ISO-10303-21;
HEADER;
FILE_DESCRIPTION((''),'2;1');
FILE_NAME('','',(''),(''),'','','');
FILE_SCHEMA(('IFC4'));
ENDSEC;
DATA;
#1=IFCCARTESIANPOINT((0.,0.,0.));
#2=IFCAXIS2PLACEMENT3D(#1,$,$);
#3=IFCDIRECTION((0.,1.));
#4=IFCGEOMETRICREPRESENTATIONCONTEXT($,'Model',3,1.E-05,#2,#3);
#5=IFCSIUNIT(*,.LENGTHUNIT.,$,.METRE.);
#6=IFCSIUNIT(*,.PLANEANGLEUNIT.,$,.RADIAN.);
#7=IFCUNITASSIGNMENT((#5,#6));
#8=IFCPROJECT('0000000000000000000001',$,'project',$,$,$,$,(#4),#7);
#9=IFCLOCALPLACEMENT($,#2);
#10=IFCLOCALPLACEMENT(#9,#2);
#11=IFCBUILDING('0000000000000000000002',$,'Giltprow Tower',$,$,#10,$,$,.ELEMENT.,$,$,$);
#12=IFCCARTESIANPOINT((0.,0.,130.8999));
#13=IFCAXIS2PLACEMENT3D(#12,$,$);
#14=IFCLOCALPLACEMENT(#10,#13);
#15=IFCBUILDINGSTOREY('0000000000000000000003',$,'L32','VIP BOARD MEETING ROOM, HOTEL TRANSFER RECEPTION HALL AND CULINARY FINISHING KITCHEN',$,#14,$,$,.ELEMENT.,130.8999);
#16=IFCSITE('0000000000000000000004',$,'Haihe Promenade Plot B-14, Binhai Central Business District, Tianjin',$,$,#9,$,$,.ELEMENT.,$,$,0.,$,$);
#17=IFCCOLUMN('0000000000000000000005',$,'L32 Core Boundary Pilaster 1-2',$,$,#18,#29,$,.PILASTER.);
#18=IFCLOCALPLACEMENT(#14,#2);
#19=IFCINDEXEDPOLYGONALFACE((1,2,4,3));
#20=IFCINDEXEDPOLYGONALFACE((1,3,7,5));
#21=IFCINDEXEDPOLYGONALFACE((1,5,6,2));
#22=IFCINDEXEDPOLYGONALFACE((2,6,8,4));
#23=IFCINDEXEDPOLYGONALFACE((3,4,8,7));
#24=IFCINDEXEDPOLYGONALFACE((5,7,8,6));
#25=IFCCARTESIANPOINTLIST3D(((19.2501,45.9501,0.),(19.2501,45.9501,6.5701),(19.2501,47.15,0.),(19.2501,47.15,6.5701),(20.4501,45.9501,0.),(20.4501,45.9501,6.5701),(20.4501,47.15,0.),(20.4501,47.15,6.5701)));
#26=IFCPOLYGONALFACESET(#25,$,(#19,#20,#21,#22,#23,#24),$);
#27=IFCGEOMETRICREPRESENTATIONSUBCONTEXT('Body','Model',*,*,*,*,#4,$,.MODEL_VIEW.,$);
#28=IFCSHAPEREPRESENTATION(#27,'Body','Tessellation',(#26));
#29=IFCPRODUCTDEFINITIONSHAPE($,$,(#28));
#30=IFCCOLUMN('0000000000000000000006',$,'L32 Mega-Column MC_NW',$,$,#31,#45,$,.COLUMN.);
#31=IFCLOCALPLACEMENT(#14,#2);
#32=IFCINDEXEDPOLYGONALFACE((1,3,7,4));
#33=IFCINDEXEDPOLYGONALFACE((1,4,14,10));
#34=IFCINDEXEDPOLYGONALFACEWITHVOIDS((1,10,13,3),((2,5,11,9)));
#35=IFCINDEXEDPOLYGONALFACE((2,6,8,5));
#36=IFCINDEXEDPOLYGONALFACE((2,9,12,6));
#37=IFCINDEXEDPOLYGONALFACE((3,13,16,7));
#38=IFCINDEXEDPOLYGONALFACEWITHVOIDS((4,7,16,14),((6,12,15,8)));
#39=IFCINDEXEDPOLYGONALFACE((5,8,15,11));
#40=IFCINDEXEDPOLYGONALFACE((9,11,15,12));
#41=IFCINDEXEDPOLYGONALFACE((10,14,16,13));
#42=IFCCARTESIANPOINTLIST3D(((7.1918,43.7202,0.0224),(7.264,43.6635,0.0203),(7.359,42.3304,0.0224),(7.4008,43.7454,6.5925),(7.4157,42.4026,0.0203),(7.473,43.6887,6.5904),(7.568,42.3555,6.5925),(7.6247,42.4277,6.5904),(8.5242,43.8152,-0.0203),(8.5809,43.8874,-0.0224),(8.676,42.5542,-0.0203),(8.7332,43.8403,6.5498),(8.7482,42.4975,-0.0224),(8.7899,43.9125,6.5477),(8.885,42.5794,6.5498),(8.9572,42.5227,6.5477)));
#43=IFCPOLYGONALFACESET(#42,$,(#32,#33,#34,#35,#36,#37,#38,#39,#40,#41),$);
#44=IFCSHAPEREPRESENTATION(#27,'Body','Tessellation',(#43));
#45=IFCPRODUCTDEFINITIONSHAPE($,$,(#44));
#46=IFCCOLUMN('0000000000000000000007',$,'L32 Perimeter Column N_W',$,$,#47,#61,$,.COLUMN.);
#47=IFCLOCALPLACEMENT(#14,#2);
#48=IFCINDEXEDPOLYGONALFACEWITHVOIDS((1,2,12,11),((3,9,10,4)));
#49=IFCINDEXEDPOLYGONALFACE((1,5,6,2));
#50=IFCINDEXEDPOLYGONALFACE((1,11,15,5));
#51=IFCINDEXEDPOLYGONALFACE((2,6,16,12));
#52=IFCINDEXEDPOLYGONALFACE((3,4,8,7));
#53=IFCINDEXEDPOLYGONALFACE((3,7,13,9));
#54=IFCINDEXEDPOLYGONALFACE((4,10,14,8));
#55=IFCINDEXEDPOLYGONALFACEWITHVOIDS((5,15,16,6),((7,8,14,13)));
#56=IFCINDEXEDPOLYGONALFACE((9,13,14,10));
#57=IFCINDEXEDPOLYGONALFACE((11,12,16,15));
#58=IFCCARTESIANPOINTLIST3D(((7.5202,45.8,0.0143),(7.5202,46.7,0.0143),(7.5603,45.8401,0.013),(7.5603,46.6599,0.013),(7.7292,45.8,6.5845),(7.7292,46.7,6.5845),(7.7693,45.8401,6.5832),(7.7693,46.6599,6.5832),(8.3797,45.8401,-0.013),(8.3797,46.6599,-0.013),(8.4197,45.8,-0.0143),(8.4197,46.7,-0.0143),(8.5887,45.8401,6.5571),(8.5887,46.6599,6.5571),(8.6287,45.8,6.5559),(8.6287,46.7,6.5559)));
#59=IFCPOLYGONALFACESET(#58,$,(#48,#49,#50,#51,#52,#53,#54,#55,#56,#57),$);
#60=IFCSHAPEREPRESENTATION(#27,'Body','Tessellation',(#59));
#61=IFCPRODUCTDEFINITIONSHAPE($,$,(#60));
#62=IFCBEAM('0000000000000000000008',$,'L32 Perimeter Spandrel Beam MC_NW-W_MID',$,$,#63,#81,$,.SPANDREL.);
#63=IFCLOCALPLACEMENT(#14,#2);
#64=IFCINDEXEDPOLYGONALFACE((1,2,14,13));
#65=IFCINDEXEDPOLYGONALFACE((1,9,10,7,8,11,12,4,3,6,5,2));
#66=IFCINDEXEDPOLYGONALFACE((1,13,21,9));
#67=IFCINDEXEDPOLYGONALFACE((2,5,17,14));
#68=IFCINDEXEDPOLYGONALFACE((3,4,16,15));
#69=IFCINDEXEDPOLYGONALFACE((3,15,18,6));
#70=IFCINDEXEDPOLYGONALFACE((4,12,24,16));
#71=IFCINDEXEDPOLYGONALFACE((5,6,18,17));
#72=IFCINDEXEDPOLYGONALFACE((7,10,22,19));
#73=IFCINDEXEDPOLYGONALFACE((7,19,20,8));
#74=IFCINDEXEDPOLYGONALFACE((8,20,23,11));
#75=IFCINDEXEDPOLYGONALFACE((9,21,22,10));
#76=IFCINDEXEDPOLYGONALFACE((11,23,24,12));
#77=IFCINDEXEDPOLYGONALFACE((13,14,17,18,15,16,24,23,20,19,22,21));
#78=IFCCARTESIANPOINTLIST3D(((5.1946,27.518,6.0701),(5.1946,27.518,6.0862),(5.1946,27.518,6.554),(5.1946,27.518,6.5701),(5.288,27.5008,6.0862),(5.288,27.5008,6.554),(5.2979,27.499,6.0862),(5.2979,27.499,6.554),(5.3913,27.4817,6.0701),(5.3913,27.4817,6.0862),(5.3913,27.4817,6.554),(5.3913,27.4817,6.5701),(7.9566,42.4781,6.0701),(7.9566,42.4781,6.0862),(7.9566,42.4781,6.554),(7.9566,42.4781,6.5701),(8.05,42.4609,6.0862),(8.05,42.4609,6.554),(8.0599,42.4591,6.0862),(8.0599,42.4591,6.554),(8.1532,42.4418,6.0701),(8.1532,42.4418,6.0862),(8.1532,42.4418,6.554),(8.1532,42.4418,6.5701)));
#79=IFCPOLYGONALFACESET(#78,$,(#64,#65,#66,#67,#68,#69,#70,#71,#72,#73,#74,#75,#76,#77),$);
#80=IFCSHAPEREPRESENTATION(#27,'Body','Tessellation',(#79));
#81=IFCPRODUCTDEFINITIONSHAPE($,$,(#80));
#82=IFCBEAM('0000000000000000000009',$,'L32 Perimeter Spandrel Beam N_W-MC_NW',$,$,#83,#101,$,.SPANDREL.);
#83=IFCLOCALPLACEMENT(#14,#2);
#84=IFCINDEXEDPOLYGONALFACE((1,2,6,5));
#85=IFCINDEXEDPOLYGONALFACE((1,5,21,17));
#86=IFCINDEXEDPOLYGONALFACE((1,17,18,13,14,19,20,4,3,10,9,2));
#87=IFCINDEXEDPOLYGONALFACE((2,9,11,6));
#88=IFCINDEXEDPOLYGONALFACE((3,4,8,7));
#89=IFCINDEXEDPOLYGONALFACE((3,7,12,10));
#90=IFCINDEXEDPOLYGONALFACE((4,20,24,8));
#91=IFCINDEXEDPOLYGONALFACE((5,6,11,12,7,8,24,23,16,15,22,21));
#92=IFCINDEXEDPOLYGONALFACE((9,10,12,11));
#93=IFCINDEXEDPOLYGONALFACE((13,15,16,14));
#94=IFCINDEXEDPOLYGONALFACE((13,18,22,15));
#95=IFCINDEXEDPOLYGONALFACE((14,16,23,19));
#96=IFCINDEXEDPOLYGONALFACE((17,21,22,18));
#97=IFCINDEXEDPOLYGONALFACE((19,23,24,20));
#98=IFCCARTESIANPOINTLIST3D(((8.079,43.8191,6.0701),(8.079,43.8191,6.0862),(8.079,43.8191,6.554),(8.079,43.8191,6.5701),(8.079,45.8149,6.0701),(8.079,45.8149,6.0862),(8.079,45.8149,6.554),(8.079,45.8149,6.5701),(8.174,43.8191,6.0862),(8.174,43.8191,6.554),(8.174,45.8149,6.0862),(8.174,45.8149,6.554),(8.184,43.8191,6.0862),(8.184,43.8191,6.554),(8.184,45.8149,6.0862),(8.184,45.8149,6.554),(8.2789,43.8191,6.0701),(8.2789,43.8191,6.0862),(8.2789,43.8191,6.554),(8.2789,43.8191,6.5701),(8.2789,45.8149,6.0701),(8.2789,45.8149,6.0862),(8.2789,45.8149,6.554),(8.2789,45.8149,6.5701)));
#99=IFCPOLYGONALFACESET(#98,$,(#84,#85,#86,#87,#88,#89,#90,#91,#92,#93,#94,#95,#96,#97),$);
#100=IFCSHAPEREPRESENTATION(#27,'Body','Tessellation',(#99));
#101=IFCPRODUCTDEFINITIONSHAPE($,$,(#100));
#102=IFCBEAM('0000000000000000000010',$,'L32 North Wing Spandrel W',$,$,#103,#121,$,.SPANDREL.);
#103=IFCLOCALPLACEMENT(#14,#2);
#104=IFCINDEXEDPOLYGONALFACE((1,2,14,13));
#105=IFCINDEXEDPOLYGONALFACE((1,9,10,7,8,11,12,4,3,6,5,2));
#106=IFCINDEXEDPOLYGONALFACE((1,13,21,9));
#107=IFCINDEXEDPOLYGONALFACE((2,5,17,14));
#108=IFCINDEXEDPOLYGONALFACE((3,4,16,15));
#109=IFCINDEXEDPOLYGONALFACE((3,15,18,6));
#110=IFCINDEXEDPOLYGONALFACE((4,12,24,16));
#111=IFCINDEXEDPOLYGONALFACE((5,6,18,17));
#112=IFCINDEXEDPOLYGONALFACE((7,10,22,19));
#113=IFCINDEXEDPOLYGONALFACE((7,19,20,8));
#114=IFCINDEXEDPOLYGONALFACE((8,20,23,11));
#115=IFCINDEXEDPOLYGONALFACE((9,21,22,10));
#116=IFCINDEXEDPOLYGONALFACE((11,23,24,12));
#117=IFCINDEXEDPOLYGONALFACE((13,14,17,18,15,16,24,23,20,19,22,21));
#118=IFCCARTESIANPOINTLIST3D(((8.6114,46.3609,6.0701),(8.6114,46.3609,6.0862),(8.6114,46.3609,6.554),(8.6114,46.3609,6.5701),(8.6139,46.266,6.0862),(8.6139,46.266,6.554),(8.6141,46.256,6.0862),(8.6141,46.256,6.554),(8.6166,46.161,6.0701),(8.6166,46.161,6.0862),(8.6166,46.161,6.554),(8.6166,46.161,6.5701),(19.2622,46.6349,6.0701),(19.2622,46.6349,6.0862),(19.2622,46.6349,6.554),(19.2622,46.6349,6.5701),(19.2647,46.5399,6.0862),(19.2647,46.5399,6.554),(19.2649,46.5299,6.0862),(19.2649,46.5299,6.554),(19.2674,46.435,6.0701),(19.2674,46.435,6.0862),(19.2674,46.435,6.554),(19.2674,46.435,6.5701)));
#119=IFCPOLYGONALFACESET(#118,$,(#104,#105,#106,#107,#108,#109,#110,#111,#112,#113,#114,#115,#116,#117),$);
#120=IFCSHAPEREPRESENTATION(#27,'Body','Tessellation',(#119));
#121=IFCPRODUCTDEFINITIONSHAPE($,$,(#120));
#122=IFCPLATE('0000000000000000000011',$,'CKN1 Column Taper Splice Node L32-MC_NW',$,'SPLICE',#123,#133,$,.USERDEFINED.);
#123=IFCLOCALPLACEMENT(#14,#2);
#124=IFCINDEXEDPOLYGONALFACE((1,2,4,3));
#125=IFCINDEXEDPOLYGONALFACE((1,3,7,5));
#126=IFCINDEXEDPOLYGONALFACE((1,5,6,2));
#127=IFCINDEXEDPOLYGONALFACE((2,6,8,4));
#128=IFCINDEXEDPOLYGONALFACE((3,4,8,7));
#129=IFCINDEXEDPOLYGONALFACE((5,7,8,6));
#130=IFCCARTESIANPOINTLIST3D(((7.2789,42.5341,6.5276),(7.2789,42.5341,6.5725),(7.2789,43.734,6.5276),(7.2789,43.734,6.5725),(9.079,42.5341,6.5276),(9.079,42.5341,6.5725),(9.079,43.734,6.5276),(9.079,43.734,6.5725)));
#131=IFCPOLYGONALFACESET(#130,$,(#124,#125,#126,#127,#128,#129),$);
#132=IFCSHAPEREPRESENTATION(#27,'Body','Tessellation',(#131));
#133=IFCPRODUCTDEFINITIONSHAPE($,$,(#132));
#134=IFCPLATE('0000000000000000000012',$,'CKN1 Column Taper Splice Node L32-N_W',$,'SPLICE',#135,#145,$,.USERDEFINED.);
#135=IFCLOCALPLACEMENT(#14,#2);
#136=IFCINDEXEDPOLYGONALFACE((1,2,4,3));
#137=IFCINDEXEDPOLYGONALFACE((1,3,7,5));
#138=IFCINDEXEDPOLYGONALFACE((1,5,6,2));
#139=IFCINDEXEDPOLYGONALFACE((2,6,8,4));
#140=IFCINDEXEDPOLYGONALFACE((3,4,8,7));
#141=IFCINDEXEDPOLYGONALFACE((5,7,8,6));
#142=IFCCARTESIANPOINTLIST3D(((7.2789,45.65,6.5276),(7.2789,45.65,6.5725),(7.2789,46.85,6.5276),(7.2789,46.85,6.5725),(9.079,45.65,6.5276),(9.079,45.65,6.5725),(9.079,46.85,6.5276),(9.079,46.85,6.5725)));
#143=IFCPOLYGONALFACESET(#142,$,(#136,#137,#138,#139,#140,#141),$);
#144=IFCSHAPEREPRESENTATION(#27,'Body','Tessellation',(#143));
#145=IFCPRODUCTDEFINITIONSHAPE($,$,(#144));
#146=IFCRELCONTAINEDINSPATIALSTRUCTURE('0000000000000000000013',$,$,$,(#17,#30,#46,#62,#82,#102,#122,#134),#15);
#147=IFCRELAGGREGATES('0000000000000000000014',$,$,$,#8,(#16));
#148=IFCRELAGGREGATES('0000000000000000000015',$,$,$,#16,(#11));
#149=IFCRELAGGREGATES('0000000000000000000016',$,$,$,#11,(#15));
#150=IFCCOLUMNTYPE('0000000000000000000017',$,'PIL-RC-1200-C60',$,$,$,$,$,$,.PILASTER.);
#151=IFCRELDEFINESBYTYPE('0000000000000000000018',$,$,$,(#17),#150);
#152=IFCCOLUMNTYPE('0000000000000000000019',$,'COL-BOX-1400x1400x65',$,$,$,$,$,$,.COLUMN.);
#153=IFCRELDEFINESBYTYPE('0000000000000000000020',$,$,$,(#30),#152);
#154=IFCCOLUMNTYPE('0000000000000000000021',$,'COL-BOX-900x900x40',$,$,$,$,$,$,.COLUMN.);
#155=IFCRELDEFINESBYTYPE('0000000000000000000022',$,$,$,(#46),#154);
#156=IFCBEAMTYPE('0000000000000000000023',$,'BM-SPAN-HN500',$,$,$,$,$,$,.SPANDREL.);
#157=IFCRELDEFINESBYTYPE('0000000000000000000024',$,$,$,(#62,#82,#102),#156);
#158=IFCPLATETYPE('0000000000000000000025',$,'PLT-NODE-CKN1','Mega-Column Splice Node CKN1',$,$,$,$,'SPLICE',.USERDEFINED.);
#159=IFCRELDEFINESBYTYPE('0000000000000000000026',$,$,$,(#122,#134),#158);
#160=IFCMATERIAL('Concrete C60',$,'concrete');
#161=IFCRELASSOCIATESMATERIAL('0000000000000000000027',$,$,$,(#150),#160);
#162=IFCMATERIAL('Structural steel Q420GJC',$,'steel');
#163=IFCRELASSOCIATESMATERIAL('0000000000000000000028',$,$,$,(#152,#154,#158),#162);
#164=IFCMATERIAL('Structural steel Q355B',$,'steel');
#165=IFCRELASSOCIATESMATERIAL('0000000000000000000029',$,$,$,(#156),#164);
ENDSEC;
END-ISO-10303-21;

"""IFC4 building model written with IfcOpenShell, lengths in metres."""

from ifc_helpers import new_model, si_unit, direction, frame, origin, origin_2d, place, context, subcontext, project, spatial, rectangle, hollow_rectangle, i_section, extrude, source, transform, mapped, material, material_profile, profile_set, type_object, element, save


model = new_model("IFC4")

# Units and contexts
model_context = context("Model", 3, precision=1e-05, world=origin(), true_north=direction((0.0, 1.0)))
body_context = subcontext(model_context, "Body", "Model", "MODEL_VIEW")
ifc_project = project(units=[si_unit("LENGTHUNIT", "METRE"), si_unit("PLANEANGLEUNIT", "RADIAN")], contexts=[model_context])

# Site, building, storey
site_placement = place(None, origin())
site = spatial("IfcSite", under=ifc_project, at=site_placement, Name="Haihe Promenade Plot B-14, Binhai Central Business District, Tianjin", CompositionType="ELEMENT", RefElevation=0.0)
building_placement = place(site_placement, origin())
building = spatial("IfcBuilding", under=site, at=building_placement, Name="Giltprow Tower", CompositionType="ELEMENT")
storey_placement = place(building_placement, frame((0.0, 0.0, 130.8999)))
storey = spatial("IfcBuildingStorey", under=building, at=storey_placement, Name="L32", Description="VIP BOARD MEETING ROOM, HOTEL TRANSFER RECEPTION HALL AND CULINARY FINISHING KITCHEN", CompositionType="ELEMENT", Elevation=130.8999)

# Columns
ifc_material_1 = material(Name="Concrete C60", Category="concrete")
ifc_material_profile_1 = material_profile(ifc_material_1, rectangle(XDim=1.2, YDim=1.2, at=origin_2d()), Name="RC 1200x1200")
ifc_profile_set_1 = profile_set([ifc_material_profile_1], Name="Concrete C60")
column_type_1 = type_object("IfcColumnType", Name="PIL-RC-1200-C60", PredefinedType="PILASTER", material=ifc_profile_set_1)
shared_shape_1 = source(origin(), body_context, "Body", "SweptSolid", [
    extrude(rectangle(XDim=1.2, YDim=1.2, at=origin_2d()), origin(), (0.0, 0.0, 1.0), 6.5701),
])
column_1_placement = place(storey_placement, frame((19.8501, 46.55, 0.0), z_axis=(0.0, 0.0, 1.0), x_axis=(1.0, 0.0, 0.0)))
element("IfcColumn", 1, at=column_1_placement, inside=storey, type_object=column_type_1, Name="L32 Core Boundary Pilaster 1-2", PredefinedType="PILASTER", context=body_context, shape_type="MappedRepresentation", body=[
    mapped(shared_shape_1, transform((0.0, 0.0, 0.0), x_axis=(1.0, 0.0, 0.0), y_axis=(0.0, 1.0, 0.0), z_axis=(0.0, 0.0, 1.0), scale=1.0)),
])
ifc_material_2 = material(Name="Structural steel Q420GJC", Category="steel")
ifc_material_profile_2 = material_profile(ifc_material_2, hollow_rectangle(XDim=1.3999, YDim=1.3999, WallThickness=0.0649, at=origin_2d()), Name="BOX 1400x1400x65")
ifc_profile_set_2 = profile_set([ifc_material_profile_2], Name="Structural steel Q420GJC")
column_type_2 = type_object("IfcColumnType", Name="COL-BOX-1400x1400x65", PredefinedType="COLUMN", material=ifc_profile_set_2)
shared_shape_2 = source(origin(), body_context, "Body", "SweptSolid", [
    extrude(hollow_rectangle(XDim=1.3999, YDim=1.3999, WallThickness=0.0649, at=origin_2d()), origin(), (0.0, 0.0, 1.0), 6.5735),
])
column_2_placement = place(storey_placement, frame((7.97, 43.1089, 0.0), z_axis=(0.031792, 0.003825, 0.999487), x_axis=(-0.119465, 0.992838, 0.0)))
element("IfcColumn", 2, at=column_2_placement, inside=storey, type_object=column_type_2, Name="L32 Mega-Column MC_NW", PredefinedType="COLUMN", context=body_context, shape_type="MappedRepresentation", body=[
    mapped(shared_shape_2, transform((0.0, 0.0, 0.0), x_axis=(1.0, 0.0, 0.0), y_axis=(0.0, 1.0, 0.0), z_axis=(0.0, 0.0, 1.0), scale=1.0)),
])
ifc_material_profile_3 = material_profile(ifc_material_2, hollow_rectangle(XDim=0.8999, YDim=0.8999, WallThickness=0.04, at=origin_2d()), Name="BOX 900x900x40")
ifc_profile_set_3 = profile_set([ifc_material_profile_3], Name="Structural steel Q420GJC")
column_type_3 = type_object("IfcColumnType", Name="COL-BOX-900x900x40", PredefinedType="COLUMN", material=ifc_profile_set_3)
shared_shape_3 = source(origin(), body_context, "Body", "SweptSolid", [
    extrude(hollow_rectangle(XDim=0.8999, YDim=0.8999, WallThickness=0.04, at=origin_2d()), origin(), (0.0, 0.0, 1.0), 6.5735),
])
column_3_placement = place(storey_placement, frame((7.97, 46.25, 0.0), z_axis=(0.031792, 0.0, 0.999494), x_axis=(0.0, 1.0, 0.0)))
element("IfcColumn", 3, at=column_3_placement, inside=storey, type_object=column_type_3, Name="L32 Perimeter Column N_W", PredefinedType="COLUMN", context=body_context, shape_type="MappedRepresentation", body=[
    mapped(shared_shape_3, transform((0.0, 0.0, 0.0), x_axis=(1.0, 0.0, 0.0), y_axis=(0.0, 1.0, 0.0), z_axis=(0.0, 0.0, 1.0), scale=1.0)),
])

# Beams
ifc_material_3 = material(Name="Structural steel Q355B", Category="steel")
ifc_material_profile_4 = material_profile(ifc_material_3, i_section(OverallWidth=0.2, OverallDepth=0.5, WebThickness=0.01, FlangeThickness=0.0161, at=origin_2d()), Name="HN 500x200x10x16")
ifc_profile_set_4 = profile_set([ifc_material_profile_4], Name="Structural steel Q355B")
beam_type = type_object("IfcBeamType", Name="BM-SPAN-HN500", PredefinedType="SPANDREL", material=ifc_profile_set_4)
shared_shape_4 = source(origin(), body_context, "Body", "SweptSolid", [
    extrude(i_section(OverallWidth=0.2, OverallDepth=0.5, WebThickness=0.01, FlangeThickness=0.0161, at=origin_2d()), origin(), (0.0, 0.0, 1.0), 15.2129),
])
beam_1_placement = place(storey_placement, frame((8.0549, 42.46, 6.3201), z_axis=(-0.181555, -0.983381, 0.0), x_axis=(0.983381, -0.181555, 0.0)))
element("IfcBeam", 4, at=beam_1_placement, inside=storey, type_object=beam_type, Name="L32 Perimeter Spandrel Beam MC_NW-W_MID", PredefinedType="SPANDREL", context=body_context, shape_type="MappedRepresentation", body=[
    mapped(shared_shape_4, transform((0.0, 0.0, 0.0), x_axis=(1.0, 0.0, 0.0), y_axis=(0.0, 1.0, 0.0), z_axis=(0.0, 0.0, 1.0), scale=1.0)),
])
shared_shape_5 = source(origin(), body_context, "Body", "SweptSolid", [
    extrude(i_section(OverallWidth=0.2, OverallDepth=0.5, WebThickness=0.01, FlangeThickness=0.0161, at=origin_2d()), origin(), (0.0, 0.0, 1.0), 1.9958),
])
beam_2_placement = place(storey_placement, frame((8.179, 45.8149, 6.3201), z_axis=(0.0, -1.0, 0.0), x_axis=(1.0, 0.0, 0.0)))
element("IfcBeam", 5, at=beam_2_placement, inside=storey, type_object=beam_type, Name="L32 Perimeter Spandrel Beam N_W-MC_NW", PredefinedType="SPANDREL", context=body_context, shape_type="MappedRepresentation", body=[
    mapped(shared_shape_5, transform((0.0, 0.0, 0.0), x_axis=(1.0, 0.0, 0.0), y_axis=(0.0, 1.0, 0.0), z_axis=(0.0, 0.0, 1.0), scale=1.0)),
])
shared_shape_6 = source(origin(), body_context, "Body", "SweptSolid", [
    extrude(i_section(OverallWidth=0.2, OverallDepth=0.5, WebThickness=0.01, FlangeThickness=0.0161, at=origin_2d()), origin(), (0.0, 0.0, 1.0), 10.6543),
])
beam_3_placement = place(storey_placement, frame((8.614, 46.261, 6.3201), z_axis=(0.999669, 0.02571, 0.0), x_axis=(-0.02571, 0.999669, 0.0)))
element("IfcBeam", 6, at=beam_3_placement, inside=storey, type_object=beam_type, Name="L32 North Wing Spandrel W", PredefinedType="SPANDREL", context=body_context, shape_type="MappedRepresentation", body=[
    mapped(shared_shape_6, transform((0.0, 0.0, 0.0), x_axis=(1.0, 0.0, 0.0), y_axis=(0.0, 1.0, 0.0), z_axis=(0.0, 0.0, 1.0), scale=1.0)),
])

# Plates
plate_type = type_object("IfcPlateType", Name="PLT-NODE-CKN1", Description="Mega-Column Splice Node CKN1", ElementType="SPLICE", PredefinedType="USERDEFINED", material=ifc_material_2)
shared_shape_7 = source(origin(), body_context, "Body", "SweptSolid", [
    extrude(rectangle(XDim=1.8, YDim=1.2, at=origin_2d()), origin(), (0.0, 0.0, 1.0), 0.0449),
])
for number, where, z_axis, x_axis, name in (
    (7, (8.179, 43.134, 6.5276), (0.0, 0.0, 1.0), (1.0, 0.0, 0.0), "CKN1 Column Taper Splice Node L32-MC_NW"),
    (8, (8.179, 46.25, 6.5276), (0.0, 0.0, 1.0), (1.0, 0.0, 0.0), "CKN1 Column Taper Splice Node L32-N_W"),
):
    element("IfcPlate", number, at=place(storey_placement, frame(where, z_axis=z_axis, x_axis=x_axis)), inside=storey, type_object=plate_type, Name=name, ObjectType="SPLICE", PredefinedType="USERDEFINED", context=body_context, shape_type="MappedRepresentation", body=[
        mapped(shared_shape_7, transform((0.0, 0.0, 0.0), x_axis=(1.0, 0.0, 0.0), y_axis=(0.0, 1.0, 0.0), z_axis=(0.0, 0.0, 1.0), scale=1.0)),
    ])

save(model, "model.ifc")
